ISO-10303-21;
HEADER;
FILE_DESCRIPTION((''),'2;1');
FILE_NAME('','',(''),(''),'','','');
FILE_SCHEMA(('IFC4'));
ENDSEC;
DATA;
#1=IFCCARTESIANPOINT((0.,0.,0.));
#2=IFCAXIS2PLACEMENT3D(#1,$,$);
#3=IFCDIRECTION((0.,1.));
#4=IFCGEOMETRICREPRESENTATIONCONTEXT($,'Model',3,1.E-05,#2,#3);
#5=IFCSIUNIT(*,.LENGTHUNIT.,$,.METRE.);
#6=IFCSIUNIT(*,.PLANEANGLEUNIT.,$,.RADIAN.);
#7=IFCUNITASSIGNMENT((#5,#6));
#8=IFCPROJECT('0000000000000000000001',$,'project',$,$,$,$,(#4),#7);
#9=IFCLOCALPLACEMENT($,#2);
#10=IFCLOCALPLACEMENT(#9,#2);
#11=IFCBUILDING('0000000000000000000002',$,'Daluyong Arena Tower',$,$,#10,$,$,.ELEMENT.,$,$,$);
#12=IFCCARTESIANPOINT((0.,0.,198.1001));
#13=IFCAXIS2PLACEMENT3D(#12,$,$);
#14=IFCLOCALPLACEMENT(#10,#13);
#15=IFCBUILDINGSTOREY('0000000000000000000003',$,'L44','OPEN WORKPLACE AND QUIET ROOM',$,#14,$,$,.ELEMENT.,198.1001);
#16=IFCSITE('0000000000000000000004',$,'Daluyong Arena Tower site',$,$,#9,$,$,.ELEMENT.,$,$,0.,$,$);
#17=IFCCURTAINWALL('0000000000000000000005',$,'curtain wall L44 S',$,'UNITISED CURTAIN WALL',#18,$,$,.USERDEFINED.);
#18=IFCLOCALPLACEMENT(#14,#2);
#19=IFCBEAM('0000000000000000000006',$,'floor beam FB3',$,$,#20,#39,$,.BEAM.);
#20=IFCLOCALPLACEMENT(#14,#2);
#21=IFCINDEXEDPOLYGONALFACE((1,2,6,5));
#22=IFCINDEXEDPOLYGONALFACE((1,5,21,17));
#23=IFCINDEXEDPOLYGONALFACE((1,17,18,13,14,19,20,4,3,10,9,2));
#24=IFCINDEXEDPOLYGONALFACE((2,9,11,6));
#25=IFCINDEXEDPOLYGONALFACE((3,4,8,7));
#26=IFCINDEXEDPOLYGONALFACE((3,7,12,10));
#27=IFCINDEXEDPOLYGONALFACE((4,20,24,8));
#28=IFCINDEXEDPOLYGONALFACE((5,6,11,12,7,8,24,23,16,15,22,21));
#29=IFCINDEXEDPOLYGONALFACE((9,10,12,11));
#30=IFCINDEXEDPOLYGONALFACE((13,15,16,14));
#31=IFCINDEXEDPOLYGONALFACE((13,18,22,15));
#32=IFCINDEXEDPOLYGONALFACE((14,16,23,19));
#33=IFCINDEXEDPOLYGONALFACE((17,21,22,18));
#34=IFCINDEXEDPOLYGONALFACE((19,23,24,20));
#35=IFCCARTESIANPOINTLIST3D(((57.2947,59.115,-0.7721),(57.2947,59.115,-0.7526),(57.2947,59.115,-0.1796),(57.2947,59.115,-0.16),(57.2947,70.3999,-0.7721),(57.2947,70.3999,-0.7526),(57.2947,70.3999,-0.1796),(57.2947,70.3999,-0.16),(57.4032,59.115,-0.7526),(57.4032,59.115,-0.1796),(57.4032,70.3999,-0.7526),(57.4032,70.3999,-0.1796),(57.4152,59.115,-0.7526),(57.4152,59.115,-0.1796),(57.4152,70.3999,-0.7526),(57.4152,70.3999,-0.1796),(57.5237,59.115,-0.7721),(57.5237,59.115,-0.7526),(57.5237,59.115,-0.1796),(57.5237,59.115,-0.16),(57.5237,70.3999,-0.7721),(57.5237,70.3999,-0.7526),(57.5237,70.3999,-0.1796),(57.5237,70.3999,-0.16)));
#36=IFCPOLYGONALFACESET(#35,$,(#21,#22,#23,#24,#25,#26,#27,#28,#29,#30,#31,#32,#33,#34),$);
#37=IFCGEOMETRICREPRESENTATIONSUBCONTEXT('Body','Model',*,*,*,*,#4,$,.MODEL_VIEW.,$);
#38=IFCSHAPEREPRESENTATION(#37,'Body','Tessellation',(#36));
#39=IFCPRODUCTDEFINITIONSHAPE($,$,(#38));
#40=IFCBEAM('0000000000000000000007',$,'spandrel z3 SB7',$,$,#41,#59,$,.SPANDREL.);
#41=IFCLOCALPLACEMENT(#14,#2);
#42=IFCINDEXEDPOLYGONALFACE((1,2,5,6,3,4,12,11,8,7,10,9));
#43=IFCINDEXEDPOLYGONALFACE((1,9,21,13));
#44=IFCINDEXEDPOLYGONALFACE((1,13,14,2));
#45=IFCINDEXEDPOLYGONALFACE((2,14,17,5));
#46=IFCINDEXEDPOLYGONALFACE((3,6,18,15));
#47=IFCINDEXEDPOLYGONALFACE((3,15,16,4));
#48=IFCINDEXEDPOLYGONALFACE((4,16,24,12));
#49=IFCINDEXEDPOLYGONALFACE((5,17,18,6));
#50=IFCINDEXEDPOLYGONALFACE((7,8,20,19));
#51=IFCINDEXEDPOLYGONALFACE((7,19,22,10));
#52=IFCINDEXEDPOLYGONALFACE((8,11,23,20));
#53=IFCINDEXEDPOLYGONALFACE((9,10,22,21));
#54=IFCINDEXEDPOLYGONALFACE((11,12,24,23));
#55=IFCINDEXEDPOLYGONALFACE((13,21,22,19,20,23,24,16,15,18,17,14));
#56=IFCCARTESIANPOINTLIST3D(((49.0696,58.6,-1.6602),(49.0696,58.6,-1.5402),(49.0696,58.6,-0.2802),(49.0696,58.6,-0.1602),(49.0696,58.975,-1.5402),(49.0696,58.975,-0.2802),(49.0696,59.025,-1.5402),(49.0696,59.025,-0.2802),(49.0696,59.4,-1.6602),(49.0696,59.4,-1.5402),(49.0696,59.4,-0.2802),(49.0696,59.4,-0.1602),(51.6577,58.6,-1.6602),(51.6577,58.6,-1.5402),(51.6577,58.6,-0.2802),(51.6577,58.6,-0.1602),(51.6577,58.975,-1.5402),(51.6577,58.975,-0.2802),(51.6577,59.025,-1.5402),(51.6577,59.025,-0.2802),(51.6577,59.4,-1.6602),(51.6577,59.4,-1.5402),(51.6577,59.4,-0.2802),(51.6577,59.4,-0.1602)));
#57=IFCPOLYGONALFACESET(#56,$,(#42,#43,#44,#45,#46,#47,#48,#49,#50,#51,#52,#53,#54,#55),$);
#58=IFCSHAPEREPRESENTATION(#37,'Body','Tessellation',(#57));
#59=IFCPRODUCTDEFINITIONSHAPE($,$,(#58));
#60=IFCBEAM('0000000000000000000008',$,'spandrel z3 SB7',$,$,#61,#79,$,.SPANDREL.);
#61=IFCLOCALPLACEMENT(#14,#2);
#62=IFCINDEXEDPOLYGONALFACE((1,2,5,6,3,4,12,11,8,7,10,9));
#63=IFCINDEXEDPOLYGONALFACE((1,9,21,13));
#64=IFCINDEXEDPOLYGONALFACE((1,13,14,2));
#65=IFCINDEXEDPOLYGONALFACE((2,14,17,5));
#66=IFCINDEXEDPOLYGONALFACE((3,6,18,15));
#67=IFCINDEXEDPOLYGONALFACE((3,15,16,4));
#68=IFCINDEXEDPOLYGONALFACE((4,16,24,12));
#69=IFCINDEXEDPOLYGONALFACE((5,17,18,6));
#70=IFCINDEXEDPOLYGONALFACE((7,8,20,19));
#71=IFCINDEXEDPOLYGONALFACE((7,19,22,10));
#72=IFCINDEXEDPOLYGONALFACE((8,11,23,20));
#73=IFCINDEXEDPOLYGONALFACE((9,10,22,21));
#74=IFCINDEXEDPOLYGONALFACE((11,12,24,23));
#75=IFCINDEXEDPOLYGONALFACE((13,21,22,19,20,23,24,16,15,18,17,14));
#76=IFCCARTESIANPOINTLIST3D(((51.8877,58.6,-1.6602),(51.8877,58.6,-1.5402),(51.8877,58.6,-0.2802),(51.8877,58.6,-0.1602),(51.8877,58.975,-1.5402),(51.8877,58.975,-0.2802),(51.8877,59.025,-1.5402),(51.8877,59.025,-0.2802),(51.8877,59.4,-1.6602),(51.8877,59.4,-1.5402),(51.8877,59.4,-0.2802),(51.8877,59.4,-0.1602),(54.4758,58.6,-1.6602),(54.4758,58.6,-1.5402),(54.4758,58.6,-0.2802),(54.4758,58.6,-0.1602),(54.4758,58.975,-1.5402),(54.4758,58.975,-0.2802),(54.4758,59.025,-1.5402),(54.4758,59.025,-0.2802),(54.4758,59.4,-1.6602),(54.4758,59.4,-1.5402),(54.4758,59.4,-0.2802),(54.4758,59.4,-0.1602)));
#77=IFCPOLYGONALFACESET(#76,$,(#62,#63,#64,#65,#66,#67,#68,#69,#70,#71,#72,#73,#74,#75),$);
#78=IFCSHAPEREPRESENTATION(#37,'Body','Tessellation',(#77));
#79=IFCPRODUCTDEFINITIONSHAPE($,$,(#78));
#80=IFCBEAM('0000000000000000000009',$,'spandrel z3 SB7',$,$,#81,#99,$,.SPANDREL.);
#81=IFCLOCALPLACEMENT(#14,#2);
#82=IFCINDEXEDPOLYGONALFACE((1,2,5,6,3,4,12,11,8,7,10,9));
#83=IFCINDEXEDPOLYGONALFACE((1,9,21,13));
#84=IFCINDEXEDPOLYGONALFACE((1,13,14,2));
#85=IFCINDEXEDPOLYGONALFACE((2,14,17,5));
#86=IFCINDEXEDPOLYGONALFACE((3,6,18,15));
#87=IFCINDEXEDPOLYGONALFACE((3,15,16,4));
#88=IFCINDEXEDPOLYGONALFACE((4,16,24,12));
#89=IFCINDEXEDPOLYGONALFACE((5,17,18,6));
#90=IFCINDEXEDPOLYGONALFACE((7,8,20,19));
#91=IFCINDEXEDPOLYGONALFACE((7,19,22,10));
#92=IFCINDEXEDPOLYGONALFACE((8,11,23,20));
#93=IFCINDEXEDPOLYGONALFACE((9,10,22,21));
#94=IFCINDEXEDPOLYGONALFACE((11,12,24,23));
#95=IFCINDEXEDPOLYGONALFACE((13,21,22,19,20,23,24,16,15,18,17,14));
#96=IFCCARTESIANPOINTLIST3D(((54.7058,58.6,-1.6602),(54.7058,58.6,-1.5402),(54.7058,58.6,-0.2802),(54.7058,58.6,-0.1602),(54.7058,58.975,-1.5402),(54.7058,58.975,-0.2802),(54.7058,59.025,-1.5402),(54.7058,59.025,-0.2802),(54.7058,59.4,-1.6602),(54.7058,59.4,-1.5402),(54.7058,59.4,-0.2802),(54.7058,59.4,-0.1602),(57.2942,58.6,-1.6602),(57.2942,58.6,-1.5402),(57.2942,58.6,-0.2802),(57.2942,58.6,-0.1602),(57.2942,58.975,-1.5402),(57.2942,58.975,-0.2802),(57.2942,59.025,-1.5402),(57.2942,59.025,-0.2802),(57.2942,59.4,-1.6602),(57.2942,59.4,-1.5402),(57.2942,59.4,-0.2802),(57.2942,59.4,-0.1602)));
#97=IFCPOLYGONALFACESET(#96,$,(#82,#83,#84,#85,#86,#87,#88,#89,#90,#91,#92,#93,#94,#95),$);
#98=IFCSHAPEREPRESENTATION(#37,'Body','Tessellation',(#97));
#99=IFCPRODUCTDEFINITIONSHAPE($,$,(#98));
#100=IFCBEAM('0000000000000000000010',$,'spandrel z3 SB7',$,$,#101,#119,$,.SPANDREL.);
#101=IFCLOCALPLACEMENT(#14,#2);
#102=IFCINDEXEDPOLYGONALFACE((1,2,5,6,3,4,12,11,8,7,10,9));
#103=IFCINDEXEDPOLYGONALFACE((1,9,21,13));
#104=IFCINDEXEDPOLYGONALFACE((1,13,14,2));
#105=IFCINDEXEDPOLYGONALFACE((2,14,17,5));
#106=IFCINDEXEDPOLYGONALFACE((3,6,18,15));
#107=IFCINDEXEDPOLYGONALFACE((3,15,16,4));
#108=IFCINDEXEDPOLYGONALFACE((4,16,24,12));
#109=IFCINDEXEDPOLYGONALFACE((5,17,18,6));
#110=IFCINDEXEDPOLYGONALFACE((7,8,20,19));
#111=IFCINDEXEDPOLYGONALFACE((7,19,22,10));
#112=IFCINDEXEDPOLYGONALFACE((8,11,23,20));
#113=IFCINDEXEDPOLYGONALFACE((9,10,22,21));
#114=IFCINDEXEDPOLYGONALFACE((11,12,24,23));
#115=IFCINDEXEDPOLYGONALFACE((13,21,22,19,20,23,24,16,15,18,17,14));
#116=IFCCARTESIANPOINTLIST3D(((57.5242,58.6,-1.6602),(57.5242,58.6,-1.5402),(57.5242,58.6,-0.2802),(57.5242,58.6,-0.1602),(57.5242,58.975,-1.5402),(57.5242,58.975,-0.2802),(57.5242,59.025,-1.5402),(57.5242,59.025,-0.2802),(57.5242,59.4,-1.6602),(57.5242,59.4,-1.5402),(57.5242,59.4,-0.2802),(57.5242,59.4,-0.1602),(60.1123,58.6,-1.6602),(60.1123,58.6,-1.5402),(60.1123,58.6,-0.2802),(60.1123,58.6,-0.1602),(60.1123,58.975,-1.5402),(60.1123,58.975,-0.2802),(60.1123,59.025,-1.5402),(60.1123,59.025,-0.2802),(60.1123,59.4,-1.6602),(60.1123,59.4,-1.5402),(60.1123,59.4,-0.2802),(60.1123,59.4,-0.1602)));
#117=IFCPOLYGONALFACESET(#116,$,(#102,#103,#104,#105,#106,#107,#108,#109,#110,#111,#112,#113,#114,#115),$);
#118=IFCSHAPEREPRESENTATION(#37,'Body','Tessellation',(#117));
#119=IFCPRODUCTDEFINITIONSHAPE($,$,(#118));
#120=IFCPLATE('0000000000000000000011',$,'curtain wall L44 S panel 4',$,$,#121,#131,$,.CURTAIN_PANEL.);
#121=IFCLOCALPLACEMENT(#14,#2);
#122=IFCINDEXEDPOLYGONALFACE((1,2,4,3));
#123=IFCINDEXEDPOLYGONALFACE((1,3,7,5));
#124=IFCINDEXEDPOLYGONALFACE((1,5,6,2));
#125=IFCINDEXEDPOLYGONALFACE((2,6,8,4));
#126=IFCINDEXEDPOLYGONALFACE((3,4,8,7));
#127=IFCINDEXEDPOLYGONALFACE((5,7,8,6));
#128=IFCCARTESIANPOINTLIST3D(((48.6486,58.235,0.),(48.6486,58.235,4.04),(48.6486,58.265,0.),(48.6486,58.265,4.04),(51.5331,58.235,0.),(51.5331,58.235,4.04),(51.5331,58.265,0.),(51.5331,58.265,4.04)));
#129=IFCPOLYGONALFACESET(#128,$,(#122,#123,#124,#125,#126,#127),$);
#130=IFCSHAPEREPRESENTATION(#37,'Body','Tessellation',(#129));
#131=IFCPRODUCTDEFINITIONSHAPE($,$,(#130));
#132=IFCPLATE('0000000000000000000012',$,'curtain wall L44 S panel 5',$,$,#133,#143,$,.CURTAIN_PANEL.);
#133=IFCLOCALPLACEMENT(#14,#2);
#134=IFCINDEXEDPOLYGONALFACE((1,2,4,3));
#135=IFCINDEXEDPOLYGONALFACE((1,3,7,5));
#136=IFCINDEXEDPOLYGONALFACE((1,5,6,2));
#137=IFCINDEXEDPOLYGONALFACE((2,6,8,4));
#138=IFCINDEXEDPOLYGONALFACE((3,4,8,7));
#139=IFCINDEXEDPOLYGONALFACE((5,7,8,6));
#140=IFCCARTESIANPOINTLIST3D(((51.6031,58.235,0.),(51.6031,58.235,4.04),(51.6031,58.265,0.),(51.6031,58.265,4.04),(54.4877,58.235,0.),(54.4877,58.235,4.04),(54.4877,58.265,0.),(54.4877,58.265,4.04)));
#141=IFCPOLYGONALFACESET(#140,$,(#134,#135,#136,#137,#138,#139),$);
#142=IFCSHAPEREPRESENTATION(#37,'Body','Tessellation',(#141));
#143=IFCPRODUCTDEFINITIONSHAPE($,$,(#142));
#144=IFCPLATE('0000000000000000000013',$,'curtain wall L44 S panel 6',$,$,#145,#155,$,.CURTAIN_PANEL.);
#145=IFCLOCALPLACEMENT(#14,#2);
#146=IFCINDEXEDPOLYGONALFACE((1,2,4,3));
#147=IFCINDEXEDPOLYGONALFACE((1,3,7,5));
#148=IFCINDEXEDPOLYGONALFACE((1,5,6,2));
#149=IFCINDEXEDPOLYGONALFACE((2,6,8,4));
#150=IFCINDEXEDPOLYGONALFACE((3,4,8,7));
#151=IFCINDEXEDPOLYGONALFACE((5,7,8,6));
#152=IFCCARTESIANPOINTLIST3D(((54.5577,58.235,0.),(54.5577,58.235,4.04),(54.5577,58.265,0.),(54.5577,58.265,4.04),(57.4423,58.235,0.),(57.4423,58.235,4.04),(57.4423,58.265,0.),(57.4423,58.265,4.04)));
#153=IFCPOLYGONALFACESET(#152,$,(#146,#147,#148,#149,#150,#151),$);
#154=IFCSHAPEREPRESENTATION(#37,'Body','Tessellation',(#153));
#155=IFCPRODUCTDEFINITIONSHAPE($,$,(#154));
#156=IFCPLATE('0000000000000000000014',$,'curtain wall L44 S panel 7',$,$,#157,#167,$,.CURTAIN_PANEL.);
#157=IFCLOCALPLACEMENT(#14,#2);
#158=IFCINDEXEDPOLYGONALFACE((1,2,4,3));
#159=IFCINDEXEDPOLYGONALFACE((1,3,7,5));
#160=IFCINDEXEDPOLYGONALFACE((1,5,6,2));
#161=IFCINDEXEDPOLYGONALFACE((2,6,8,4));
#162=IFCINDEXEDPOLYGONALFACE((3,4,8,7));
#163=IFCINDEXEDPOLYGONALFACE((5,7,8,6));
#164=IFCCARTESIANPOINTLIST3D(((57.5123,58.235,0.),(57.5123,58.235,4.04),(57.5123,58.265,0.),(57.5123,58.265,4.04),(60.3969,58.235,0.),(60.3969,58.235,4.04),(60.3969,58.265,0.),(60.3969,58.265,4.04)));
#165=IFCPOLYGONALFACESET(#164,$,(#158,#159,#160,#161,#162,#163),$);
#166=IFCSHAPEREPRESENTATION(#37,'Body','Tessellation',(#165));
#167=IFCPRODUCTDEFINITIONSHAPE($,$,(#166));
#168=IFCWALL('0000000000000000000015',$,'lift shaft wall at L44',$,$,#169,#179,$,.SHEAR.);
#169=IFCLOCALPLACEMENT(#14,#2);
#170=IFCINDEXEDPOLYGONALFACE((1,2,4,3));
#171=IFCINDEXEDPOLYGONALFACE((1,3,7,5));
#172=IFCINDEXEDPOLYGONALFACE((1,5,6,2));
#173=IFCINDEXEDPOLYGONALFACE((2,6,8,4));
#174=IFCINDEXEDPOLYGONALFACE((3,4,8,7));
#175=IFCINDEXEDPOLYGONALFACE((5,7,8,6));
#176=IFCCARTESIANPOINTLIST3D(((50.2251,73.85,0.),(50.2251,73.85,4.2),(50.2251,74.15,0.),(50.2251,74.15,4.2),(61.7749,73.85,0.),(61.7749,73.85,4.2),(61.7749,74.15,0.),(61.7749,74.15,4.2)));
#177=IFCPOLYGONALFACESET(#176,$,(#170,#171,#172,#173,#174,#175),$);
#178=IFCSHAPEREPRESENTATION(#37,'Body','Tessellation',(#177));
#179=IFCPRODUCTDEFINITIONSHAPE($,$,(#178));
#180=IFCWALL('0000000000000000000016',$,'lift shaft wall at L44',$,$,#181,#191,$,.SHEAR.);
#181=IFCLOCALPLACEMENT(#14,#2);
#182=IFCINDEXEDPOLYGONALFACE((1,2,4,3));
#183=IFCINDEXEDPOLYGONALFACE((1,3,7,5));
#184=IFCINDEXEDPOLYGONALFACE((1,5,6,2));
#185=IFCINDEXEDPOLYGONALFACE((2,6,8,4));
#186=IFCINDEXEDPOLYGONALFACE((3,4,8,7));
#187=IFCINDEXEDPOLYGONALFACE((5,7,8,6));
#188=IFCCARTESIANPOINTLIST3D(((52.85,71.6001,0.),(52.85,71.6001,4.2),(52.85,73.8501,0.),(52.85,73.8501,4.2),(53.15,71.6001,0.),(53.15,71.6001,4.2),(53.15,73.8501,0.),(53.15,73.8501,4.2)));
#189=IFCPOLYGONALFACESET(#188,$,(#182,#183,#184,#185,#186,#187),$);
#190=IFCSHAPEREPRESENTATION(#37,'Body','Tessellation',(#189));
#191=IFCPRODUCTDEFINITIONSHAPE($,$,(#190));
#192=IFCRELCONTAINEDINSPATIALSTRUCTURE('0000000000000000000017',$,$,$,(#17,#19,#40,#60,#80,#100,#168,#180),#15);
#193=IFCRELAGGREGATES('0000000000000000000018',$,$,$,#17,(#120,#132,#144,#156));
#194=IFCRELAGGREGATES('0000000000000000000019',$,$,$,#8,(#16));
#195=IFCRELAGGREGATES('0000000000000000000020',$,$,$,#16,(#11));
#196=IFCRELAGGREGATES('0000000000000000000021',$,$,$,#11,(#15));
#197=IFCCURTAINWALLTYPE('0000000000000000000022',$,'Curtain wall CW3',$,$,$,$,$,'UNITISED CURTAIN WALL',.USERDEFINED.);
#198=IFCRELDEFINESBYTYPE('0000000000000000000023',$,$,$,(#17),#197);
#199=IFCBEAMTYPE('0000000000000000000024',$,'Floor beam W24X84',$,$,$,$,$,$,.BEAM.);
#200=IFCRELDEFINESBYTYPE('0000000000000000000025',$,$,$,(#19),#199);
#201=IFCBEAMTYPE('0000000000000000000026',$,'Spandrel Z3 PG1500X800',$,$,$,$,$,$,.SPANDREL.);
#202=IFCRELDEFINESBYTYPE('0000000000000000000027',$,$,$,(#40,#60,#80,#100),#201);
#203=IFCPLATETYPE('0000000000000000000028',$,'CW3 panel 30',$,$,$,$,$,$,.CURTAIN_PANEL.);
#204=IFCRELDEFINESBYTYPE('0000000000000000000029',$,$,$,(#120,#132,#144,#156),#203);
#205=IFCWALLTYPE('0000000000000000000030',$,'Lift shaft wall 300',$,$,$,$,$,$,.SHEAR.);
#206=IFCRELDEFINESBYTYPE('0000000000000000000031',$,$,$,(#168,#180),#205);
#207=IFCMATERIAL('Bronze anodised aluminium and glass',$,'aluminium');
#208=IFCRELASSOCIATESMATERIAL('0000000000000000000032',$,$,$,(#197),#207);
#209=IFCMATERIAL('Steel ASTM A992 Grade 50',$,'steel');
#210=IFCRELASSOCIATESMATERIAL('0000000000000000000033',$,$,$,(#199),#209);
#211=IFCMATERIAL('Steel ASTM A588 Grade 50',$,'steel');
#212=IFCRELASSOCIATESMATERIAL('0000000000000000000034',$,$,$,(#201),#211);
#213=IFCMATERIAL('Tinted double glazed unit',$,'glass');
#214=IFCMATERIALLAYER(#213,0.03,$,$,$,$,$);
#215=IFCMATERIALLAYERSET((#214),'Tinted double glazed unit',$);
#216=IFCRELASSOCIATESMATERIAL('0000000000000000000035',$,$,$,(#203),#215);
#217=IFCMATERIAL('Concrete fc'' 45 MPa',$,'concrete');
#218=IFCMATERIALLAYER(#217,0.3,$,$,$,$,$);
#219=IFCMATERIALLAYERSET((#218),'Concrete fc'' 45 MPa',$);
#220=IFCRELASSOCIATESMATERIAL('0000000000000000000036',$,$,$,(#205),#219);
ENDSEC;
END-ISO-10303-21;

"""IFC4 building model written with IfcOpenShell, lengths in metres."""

from ifc_helpers import new_model, si_unit, direction, frame, frame_2d, origin, origin_2d, place, context, subcontext, project, spatial, rectangle, i_section, extrude, material, layer, layer_set, material_profile, profile_set, type_object, element, aggregate, save


model = new_model("IFC4")

# Units and contexts
model_context = context("Model", 3, precision=1e-05, world=origin(), true_north=direction((0.0, 1.0)))
body_context = subcontext(model_context, "Body", "Model", "MODEL_VIEW")
ifc_project = project(units=[si_unit("LENGTHUNIT", "METRE"), si_unit("PLANEANGLEUNIT", "RADIAN")], contexts=[model_context])

# Site, building, storey
site_placement = place(None, origin())
site = spatial("IfcSite", under=ifc_project, at=site_placement, Name="Daluyong Arena Tower site", CompositionType="ELEMENT", RefElevation=0.0)
building_placement = place(site_placement, origin())
building = spatial("IfcBuilding", under=site, at=building_placement, Name="Daluyong Arena Tower", CompositionType="ELEMENT")
storey_placement = place(building_placement, frame((0.0, 0.0, 198.1001)))
storey = spatial("IfcBuildingStorey", under=building, at=storey_placement, Name="L44", Description="OPEN WORKPLACE AND QUIET ROOM", CompositionType="ELEMENT", Elevation=198.1001)

# Curtain wall
ifc_material_1 = material(Name="Bronze anodised aluminium and glass", Category="aluminium")
curtain_wall_type = type_object("IfcCurtainWallType", Name="Curtain wall CW3", ElementType="UNITISED CURTAIN WALL", PredefinedType="USERDEFINED", material=ifc_material_1)
curtain_wall_placement = place(storey_placement, origin())
curtain_wall = element("IfcCurtainWall", 1, at=curtain_wall_placement, inside=storey, type_object=curtain_wall_type, Name="curtain wall L44 S", ObjectType="UNITISED CURTAIN WALL", PredefinedType="USERDEFINED")

# Beams
ifc_material_2 = material(Name="Steel ASTM A992 Grade 50", Category="steel")
ifc_material_profile_1 = material_profile(ifc_material_2, i_section(OverallWidth=0.229, OverallDepth=0.6121, WebThickness=0.012, FlangeThickness=0.0195, at=origin_2d()))
ifc_profile_set_1 = profile_set([ifc_material_profile_1], Name="Steel ASTM A992 Grade 50")
beam_type_1 = type_object("IfcBeamType", Name="Floor beam W24X84", PredefinedType="BEAM", material=ifc_profile_set_1)
for number, where, z_axis, x_axis, name in (
    (2, (57.4092, 59.115, -0.4661), (0.0, 1.0, 0.0), (-1.0, 0.0, 0.0), "floor beam FB3"),
):
    element("IfcBeam", number, at=place(storey_placement, frame(where, z_axis=z_axis, x_axis=x_axis)), inside=storey, type_object=beam_type_1, Name=name, PredefinedType="BEAM", context=body_context, shape_type="SweptSolid", body=[
        extrude(i_section(OverallWidth=0.229, OverallDepth=0.6121, WebThickness=0.012, FlangeThickness=0.0195, at=origin_2d()), origin(), (0.0, 0.0, 1.0), 11.2849),
    ])
ifc_material_3 = material(Name="Steel ASTM A588 Grade 50", Category="steel")
ifc_material_profile_2 = material_profile(ifc_material_3, i_section(OverallWidth=0.8, OverallDepth=1.5, WebThickness=0.05, FlangeThickness=0.12, at=origin_2d()))
ifc_profile_set_2 = profile_set([ifc_material_profile_2], Name="Steel ASTM A588 Grade 50")
beam_type_2 = type_object("IfcBeamType", Name="Spandrel Z3 PG1500X800", PredefinedType="SPANDREL", material=ifc_profile_set_2)
for number, where, z_axis, x_axis, name in (
    (3, (49.0696, 59.0, -0.9102), (1.0, 0.0, 0.0), (0.0, 1.0, 0.0), "spandrel z3 SB7"),
    (4, (51.8877, 59.0, -0.9102), (1.0, 0.0, 0.0), (0.0, 1.0, 0.0), "spandrel z3 SB7"),
):
    element("IfcBeam", number, at=place(storey_placement, frame(where, z_axis=z_axis, x_axis=x_axis)), inside=storey, type_object=beam_type_2, Name=name, PredefinedType="SPANDREL", context=body_context, shape_type="SweptSolid", body=[
        extrude(i_section(OverallWidth=0.8, OverallDepth=1.5, WebThickness=0.05, FlangeThickness=0.12, at=origin_2d()), origin(), (0.0, 0.0, 1.0), 2.5881),
    ])
beam_1_placement = place(storey_placement, frame((54.7058, 59.0, -0.9102), z_axis=(1.0, 0.0, 0.0), x_axis=(0.0, 1.0, 0.0)))
element("IfcBeam", 5, at=beam_1_placement, inside=storey, type_object=beam_type_2, Name="spandrel z3 SB7", PredefinedType="SPANDREL", context=body_context, shape_type="SweptSolid", body=[
    extrude(i_section(OverallWidth=0.8, OverallDepth=1.5, WebThickness=0.05, FlangeThickness=0.12, at=origin_2d()), origin(), (0.0, 0.0, 1.0), 2.5884),
])
beam_2_placement = place(storey_placement, frame((57.5242, 59.0, -0.9102), z_axis=(1.0, 0.0, 0.0), x_axis=(0.0, 1.0, 0.0)))
element("IfcBeam", 6, at=beam_2_placement, inside=storey, type_object=beam_type_2, Name="spandrel z3 SB7", PredefinedType="SPANDREL", context=body_context, shape_type="SweptSolid", body=[
    extrude(i_section(OverallWidth=0.8, OverallDepth=1.5, WebThickness=0.05, FlangeThickness=0.12, at=origin_2d()), origin(), (0.0, 0.0, 1.0), 2.5881),
])

# Plates
ifc_material_4 = material(Name="Tinted double glazed unit", Category="glass")
ifc_layer_1 = layer(ifc_material_4, 0.03)
ifc_layer_set_1 = layer_set([ifc_layer_1], Name="Tinted double glazed unit")
plate_type = type_object("IfcPlateType", Name="CW3 panel 30", PredefinedType="CURTAIN_PANEL", material=ifc_layer_set_1)
plate_1_placement = place(storey_placement, frame((50.0908, 58.25, 0.0), z_axis=(0.0, 0.0, 1.0), x_axis=(1.0, 0.0, 0.0)))
plate_1 = element("IfcPlate", 7, at=plate_1_placement, type_object=plate_type, Name="curtain wall L44 S panel 4", PredefinedType="CURTAIN_PANEL", context=body_context, shape_type="SweptSolid", body=[
    extrude(rectangle(XDim=2.8845, YDim=0.03, at=origin_2d()), origin(), (0.0, 0.0, 1.0), 4.04),
])
plate_2_placement = place(storey_placement, frame((53.0454, 58.25, 0.0), z_axis=(0.0, 0.0, 1.0), x_axis=(1.0, 0.0, 0.0)))
plate_2 = element("IfcPlate", 8, at=plate_2_placement, type_object=plate_type, Name="curtain wall L44 S panel 5", PredefinedType="CURTAIN_PANEL", context=body_context, shape_type="SweptSolid", body=[
    extrude(rectangle(XDim=2.8845, YDim=0.03, at=origin_2d()), origin(), (0.0, 0.0, 1.0), 4.04),
])
plate_3_placement = place(storey_placement, frame((56.0, 58.25, 0.0), z_axis=(0.0, 0.0, 1.0), x_axis=(1.0, 0.0, 0.0)))
plate_3 = element("IfcPlate", 9, at=plate_3_placement, type_object=plate_type, Name="curtain wall L44 S panel 6", PredefinedType="CURTAIN_PANEL", context=body_context, shape_type="SweptSolid", body=[
    extrude(rectangle(XDim=2.8845, YDim=0.03, at=origin_2d()), origin(), (0.0, 0.0, 1.0), 4.04),
])
plate_4_placement = place(storey_placement, frame((58.9546, 58.25, 0.0), z_axis=(0.0, 0.0, 1.0), x_axis=(1.0, 0.0, 0.0)))
plate_4 = element("IfcPlate", 10, at=plate_4_placement, type_object=plate_type, Name="curtain wall L44 S panel 7", PredefinedType="CURTAIN_PANEL", context=body_context, shape_type="SweptSolid", body=[
    extrude(rectangle(XDim=2.8845, YDim=0.03, at=origin_2d()), origin(), (0.0, 0.0, 1.0), 4.04),
])
aggregate(curtain_wall, [plate_1, plate_2, plate_3, plate_4])

# Walls
ifc_material_5 = material(Name="Concrete fc' 45 MPa", Category="concrete")
ifc_layer_2 = layer(ifc_material_5, 0.3)
ifc_layer_set_2 = layer_set([ifc_layer_2], Name="Concrete fc' 45 MPa")
wall_type_1 = type_object("IfcWallType", Name="Lift shaft wall 300", PredefinedType="SHEAR", material=ifc_layer_set_2)
wall_1_placement = place(storey_placement, frame((50.2251, 74.0, 0.0), z_axis=(0.0, 0.0, 1.0), x_axis=(1.0, 0.0, 0.0)))
element("IfcWall", 11, at=wall_1_placement, inside=storey, type_object=wall_type_1, Name="lift shaft wall at L44", PredefinedType="SHEAR", context=body_context, shape_type="SweptSolid", body=[
    extrude(rectangle(XDim=11.5498, YDim=0.3, at=frame_2d((5.7749, 0.0))), origin(), (0.0, 0.0, 1.0), 4.2),
])
wall_2_placement = place(storey_placement, frame((53.0, 71.6001, 0.0), z_axis=(0.0, 0.0, 1.0), x_axis=(0.0, 1.0, 0.0)))
element("IfcWall", 12, at=wall_2_placement, inside=storey, type_object=wall_type_1, Name="lift shaft wall at L44", PredefinedType="SHEAR", context=body_context, shape_type="SweptSolid", body=[
    extrude(rectangle(XDim=2.25, YDim=0.3, at=frame_2d((1.125, 0.0))), origin(), (0.0, 0.0, 1.0), 4.2),
])

save(model, "model.ifc")
